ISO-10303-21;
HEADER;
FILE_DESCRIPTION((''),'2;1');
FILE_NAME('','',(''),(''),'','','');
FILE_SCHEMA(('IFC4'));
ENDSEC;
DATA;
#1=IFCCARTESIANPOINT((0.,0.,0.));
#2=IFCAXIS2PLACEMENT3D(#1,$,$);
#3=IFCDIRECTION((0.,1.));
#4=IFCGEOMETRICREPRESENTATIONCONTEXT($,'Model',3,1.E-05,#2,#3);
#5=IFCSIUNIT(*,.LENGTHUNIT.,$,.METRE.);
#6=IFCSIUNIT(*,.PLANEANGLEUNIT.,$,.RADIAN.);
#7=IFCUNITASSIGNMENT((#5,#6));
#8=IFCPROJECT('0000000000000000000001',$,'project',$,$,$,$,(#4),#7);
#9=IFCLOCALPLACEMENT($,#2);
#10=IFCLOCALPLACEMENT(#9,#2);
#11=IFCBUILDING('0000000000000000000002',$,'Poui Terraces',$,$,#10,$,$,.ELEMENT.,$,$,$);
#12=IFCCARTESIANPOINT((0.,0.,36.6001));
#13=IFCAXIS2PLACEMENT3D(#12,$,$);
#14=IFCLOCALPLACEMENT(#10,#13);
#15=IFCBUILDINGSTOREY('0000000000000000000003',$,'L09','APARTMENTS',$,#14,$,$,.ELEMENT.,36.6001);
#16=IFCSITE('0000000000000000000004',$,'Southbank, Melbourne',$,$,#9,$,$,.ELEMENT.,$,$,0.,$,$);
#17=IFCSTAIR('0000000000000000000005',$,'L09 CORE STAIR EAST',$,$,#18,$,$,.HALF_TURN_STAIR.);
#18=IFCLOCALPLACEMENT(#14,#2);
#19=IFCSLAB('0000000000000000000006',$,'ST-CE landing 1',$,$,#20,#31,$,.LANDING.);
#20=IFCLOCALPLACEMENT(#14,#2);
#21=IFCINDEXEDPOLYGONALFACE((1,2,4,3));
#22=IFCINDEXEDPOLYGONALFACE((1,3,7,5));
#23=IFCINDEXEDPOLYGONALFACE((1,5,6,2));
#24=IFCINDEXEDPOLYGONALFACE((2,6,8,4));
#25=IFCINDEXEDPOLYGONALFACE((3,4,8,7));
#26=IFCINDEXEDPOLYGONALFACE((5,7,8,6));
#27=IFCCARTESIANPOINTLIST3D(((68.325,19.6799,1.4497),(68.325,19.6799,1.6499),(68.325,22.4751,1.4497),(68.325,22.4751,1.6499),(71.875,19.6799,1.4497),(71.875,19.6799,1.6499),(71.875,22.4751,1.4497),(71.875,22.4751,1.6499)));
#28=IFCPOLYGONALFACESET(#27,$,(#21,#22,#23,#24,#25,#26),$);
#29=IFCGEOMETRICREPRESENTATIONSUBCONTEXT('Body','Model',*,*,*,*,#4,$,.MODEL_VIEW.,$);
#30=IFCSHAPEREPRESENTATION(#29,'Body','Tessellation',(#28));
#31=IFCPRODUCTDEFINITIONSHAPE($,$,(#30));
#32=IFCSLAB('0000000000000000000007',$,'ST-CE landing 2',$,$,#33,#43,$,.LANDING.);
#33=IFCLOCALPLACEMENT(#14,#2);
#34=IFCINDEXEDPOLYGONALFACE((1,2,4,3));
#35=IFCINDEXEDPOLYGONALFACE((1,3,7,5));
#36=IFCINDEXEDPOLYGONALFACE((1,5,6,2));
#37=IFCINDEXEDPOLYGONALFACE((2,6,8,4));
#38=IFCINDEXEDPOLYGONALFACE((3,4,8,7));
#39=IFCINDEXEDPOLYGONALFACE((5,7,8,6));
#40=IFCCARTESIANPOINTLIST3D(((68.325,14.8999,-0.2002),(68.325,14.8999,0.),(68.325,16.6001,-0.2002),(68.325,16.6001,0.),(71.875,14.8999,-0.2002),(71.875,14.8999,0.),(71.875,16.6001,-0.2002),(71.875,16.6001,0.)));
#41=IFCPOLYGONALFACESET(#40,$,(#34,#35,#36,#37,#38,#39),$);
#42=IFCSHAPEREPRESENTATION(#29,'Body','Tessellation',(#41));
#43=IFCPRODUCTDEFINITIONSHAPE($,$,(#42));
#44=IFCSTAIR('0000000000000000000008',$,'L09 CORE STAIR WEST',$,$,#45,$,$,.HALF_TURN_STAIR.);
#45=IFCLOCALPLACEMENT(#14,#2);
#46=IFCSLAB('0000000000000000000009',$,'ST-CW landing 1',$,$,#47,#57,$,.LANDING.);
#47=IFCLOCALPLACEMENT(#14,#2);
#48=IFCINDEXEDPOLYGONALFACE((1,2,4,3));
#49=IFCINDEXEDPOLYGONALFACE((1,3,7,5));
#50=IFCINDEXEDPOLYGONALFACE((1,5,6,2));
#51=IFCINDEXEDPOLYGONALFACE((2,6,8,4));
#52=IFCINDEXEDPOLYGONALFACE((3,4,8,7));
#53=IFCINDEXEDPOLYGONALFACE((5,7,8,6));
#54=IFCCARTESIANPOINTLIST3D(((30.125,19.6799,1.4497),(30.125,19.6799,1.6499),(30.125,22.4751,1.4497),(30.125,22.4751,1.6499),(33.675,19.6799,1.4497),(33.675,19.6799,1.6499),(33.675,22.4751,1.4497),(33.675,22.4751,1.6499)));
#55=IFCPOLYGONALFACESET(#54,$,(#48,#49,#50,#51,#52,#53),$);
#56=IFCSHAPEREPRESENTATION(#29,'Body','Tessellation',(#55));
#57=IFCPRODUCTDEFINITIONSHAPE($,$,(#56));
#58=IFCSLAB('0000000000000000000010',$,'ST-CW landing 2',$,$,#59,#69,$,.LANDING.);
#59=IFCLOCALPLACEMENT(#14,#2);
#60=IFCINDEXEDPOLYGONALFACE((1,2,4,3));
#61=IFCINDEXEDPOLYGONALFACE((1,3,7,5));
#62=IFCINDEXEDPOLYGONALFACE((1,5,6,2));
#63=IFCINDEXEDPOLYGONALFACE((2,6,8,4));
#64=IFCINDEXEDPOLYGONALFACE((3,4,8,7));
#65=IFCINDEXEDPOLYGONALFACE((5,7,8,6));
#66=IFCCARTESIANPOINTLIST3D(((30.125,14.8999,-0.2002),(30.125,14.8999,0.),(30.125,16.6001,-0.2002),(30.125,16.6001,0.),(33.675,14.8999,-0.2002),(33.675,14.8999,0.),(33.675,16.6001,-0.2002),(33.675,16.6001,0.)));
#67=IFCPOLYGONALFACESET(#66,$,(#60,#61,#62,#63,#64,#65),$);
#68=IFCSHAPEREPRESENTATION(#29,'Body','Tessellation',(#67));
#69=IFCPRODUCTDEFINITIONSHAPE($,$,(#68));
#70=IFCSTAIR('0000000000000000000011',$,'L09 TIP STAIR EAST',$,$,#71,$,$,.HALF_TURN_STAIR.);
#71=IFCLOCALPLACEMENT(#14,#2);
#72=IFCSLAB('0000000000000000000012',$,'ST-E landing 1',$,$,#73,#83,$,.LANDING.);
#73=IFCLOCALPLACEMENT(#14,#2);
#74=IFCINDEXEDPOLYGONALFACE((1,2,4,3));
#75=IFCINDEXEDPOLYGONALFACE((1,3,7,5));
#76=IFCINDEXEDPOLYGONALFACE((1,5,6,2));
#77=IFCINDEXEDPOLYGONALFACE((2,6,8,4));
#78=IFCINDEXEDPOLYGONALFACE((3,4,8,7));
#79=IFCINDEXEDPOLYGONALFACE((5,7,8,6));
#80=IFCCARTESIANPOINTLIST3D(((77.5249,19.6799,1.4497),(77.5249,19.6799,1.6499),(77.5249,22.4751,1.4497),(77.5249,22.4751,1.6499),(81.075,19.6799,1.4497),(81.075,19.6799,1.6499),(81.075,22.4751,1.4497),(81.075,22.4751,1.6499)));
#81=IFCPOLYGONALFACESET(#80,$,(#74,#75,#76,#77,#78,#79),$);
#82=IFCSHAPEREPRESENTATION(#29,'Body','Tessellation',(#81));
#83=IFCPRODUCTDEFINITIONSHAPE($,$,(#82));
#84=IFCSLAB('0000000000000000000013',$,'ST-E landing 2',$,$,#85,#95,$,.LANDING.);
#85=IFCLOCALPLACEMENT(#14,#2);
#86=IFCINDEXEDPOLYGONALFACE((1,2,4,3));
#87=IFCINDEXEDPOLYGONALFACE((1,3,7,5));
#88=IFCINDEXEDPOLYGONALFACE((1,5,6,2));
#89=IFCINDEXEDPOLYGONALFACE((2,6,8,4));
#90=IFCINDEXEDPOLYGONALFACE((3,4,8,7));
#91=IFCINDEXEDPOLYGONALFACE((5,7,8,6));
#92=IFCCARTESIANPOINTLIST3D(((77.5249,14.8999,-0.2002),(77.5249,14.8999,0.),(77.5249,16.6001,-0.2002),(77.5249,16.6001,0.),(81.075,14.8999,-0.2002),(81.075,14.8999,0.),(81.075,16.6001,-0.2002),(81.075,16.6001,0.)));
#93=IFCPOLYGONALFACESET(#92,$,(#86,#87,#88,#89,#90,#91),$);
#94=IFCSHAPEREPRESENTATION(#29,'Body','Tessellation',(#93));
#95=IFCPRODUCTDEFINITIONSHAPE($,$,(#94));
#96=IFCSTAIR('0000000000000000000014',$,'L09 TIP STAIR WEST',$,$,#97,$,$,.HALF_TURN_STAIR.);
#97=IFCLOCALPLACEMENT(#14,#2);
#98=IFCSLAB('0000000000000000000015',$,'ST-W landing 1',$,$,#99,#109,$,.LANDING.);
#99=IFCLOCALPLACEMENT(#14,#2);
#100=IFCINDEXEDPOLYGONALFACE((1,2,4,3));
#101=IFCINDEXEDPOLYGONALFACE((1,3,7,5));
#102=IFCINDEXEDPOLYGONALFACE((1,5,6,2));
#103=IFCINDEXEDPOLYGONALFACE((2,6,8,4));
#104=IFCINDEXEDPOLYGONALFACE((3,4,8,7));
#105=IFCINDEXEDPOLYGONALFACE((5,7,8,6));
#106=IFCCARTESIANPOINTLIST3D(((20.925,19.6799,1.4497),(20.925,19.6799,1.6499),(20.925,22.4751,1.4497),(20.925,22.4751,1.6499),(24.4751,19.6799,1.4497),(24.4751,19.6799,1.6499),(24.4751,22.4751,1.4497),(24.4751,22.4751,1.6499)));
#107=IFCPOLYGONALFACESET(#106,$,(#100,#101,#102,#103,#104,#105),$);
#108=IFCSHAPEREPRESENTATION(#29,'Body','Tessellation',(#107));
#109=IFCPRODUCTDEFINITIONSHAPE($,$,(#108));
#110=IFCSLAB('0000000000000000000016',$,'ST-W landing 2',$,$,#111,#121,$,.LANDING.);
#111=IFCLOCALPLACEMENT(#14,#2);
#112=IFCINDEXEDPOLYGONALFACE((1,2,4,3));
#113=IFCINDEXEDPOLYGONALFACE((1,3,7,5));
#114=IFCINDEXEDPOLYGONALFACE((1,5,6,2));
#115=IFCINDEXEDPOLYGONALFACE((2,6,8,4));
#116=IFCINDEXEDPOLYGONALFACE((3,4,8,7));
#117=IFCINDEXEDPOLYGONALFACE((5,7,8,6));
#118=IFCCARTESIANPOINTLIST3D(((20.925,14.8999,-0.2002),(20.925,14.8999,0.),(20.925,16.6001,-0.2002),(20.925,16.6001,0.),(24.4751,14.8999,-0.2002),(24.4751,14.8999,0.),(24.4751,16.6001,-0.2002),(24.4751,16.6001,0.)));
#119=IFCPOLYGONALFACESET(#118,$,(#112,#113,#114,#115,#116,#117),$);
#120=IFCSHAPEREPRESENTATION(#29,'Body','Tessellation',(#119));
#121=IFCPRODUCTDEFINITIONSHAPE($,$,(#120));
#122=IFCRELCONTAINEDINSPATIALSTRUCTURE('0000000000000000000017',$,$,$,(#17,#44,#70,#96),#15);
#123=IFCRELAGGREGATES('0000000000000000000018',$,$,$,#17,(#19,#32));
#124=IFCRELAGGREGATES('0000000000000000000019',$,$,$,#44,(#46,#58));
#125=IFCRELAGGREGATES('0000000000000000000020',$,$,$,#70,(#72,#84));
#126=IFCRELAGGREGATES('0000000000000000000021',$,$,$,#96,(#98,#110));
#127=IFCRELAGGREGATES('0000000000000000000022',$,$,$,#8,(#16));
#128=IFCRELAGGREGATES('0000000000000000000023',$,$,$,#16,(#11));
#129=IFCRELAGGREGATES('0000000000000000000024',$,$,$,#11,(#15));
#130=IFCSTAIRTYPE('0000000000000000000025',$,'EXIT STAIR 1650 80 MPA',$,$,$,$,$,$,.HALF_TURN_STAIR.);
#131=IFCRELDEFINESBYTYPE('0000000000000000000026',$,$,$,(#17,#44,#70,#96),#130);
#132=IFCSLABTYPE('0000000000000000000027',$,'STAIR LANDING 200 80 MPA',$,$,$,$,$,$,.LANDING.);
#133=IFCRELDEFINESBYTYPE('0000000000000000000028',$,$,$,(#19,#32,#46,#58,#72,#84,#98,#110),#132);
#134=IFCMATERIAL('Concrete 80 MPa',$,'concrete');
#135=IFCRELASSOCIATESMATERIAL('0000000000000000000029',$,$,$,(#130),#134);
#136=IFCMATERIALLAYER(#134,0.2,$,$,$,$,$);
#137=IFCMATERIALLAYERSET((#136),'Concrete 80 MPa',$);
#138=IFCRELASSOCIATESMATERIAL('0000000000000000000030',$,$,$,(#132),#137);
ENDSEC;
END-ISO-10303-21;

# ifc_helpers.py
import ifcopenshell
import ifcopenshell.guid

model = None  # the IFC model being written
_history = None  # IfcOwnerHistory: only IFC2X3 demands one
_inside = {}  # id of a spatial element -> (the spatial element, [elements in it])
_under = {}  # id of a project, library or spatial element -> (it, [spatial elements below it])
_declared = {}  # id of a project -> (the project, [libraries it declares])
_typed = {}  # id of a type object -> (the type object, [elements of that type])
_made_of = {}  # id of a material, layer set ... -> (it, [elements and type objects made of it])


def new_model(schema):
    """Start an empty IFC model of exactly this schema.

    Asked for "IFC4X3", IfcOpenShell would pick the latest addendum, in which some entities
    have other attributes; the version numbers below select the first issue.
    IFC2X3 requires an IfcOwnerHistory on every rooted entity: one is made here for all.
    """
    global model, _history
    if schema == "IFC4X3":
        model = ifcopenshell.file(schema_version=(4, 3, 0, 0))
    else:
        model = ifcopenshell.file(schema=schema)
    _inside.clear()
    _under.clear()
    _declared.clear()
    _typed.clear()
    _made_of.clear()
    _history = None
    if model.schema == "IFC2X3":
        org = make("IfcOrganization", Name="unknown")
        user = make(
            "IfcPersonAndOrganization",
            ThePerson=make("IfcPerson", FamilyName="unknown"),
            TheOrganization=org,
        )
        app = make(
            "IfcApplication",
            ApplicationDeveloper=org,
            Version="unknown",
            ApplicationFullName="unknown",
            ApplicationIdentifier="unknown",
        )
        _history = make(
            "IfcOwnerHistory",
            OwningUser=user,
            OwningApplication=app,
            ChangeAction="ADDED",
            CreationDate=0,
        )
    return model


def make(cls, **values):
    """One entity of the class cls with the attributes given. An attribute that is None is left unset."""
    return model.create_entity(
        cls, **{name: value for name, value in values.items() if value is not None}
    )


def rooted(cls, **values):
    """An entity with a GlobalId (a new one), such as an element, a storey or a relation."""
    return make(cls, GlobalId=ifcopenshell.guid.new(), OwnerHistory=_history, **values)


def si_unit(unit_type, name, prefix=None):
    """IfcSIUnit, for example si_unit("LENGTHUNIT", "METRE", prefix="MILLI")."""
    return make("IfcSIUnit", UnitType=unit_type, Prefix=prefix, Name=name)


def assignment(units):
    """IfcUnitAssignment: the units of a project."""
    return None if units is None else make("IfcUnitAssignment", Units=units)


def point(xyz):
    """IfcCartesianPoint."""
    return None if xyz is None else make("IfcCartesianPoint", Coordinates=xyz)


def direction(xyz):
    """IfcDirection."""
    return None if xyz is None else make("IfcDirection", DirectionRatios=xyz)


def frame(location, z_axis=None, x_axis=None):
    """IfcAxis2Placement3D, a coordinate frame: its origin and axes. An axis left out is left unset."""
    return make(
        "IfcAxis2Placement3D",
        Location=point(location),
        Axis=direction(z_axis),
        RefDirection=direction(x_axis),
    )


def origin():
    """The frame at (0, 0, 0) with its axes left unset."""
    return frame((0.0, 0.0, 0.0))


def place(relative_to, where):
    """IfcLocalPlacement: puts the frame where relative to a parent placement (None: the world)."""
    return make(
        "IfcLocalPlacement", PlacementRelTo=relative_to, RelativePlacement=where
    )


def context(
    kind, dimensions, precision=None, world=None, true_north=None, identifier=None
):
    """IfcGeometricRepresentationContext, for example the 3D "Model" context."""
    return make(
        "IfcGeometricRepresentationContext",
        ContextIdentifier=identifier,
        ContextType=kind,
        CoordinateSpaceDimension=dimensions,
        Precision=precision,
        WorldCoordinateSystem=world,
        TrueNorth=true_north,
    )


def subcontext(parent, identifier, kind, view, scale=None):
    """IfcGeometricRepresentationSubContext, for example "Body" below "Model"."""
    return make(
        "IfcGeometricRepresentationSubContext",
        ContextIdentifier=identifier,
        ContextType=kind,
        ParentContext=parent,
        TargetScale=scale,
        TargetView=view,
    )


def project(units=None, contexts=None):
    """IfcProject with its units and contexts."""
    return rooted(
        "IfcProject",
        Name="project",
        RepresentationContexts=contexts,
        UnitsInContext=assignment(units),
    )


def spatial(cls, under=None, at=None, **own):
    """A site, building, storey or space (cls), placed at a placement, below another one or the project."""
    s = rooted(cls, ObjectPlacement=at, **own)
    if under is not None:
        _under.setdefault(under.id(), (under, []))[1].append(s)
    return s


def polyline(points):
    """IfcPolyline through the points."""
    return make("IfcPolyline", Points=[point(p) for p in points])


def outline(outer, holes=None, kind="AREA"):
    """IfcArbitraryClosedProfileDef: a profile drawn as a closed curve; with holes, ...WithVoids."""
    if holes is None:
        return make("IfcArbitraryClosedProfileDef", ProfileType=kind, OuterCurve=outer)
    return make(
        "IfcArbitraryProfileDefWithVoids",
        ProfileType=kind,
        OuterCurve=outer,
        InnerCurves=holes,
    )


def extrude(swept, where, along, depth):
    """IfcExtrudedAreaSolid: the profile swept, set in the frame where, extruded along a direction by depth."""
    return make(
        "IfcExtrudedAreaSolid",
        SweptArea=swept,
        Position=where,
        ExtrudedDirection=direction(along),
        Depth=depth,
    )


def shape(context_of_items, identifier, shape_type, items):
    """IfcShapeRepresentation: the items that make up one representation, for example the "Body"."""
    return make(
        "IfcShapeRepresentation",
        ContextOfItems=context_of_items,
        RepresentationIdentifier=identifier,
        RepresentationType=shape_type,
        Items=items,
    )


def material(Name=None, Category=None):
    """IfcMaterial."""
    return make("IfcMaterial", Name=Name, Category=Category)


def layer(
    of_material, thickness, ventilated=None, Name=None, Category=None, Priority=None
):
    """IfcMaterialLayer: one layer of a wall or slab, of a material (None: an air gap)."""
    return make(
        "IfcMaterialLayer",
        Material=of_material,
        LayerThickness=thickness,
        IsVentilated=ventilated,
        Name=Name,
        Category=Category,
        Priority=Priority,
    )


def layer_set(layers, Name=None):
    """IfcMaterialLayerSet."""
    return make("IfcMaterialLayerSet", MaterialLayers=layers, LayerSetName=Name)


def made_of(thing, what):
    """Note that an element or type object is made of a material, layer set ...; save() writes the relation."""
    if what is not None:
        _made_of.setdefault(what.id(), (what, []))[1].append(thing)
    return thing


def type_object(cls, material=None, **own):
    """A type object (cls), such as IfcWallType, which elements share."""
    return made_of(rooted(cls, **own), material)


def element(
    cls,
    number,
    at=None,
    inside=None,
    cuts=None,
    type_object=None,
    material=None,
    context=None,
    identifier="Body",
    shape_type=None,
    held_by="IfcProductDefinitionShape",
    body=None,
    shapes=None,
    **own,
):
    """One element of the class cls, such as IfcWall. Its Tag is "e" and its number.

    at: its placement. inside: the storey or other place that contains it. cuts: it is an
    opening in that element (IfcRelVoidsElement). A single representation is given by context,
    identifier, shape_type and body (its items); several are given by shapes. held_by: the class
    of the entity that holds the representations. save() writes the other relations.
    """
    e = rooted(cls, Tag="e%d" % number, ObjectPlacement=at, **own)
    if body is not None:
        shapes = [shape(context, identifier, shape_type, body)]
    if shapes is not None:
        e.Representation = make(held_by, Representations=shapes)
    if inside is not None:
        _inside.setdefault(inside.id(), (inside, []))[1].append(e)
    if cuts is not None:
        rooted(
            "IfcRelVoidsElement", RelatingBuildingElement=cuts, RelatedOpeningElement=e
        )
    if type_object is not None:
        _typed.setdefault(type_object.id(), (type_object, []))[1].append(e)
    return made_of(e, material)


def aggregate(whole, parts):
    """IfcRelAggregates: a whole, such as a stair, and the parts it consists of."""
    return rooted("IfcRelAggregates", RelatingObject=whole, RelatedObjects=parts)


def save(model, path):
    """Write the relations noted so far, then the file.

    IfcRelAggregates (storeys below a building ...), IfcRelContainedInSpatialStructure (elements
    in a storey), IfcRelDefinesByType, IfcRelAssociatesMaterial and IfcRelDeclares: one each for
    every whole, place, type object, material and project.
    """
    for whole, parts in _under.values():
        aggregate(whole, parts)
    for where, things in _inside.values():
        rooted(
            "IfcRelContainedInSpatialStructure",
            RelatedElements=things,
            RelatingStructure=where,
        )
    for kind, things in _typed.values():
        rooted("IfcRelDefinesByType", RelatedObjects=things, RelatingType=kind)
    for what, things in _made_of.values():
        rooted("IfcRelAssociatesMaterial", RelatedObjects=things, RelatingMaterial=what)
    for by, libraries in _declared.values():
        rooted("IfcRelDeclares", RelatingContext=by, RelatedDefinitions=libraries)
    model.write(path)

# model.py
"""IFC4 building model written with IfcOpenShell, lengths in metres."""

from ifc_helpers import new_model, si_unit, direction, frame, origin, place, context, subcontext, project, spatial, polyline, outline, extrude, material, layer, layer_set, type_object, element, aggregate, save


model = new_model("IFC4")

# Units and contexts
model_context = context("Model", 3, precision=1e-05, world=origin(), true_north=direction((0.0, 1.0)))
body_context = subcontext(model_context, "Body", "Model", "MODEL_VIEW")
ifc_project = project(units=[si_unit("LENGTHUNIT", "METRE"), si_unit("PLANEANGLEUNIT", "RADIAN")], contexts=[model_context])

# Site, building, storey
site_placement = place(None, origin())
site = spatial("IfcSite", under=ifc_project, at=site_placement, Name="Southbank, Melbourne", CompositionType="ELEMENT", RefElevation=0.0)
building_placement = place(site_placement, origin())
building = spatial("IfcBuilding", under=site, at=building_placement, Name="Poui Terraces", CompositionType="ELEMENT")
storey_placement = place(building_placement, frame((0.0, 0.0, 36.6001)))
storey = spatial("IfcBuildingStorey", under=building, at=storey_placement, Name="L09", Description="APARTMENTS", CompositionType="ELEMENT", Elevation=36.6001)

# Stairs, slabs
ifc_material_1 = material(Name="Concrete 80 MPa", Category="concrete")
stair_type = type_object("IfcStairType", Name="EXIT STAIR 1650 80 MPA", PredefinedType="HALF_TURN_STAIR", material=ifc_material_1)
stair_1_placement = place(storey_placement, origin())
stair_1 = element("IfcStair", 1, at=stair_1_placement, inside=storey, type_object=stair_type, Name="L09 CORE STAIR EAST", PredefinedType="HALF_TURN_STAIR")
ifc_layer_1 = layer(ifc_material_1, 0.2)
ifc_layer_set_1 = layer_set([ifc_layer_1], Name="Concrete 80 MPa")
slab_type_1 = type_object("IfcSlabType", Name="STAIR LANDING 200 80 MPA", PredefinedType="LANDING", material=ifc_layer_set_1)
slab_1_placement = place(storey_placement, frame((0.0, 0.0, 1.4497)))
slab_1 = element("IfcSlab", 2, at=slab_1_placement, type_object=slab_type_1, Name="ST-CE landing 1", PredefinedType="LANDING", context=body_context, shape_type="SweptSolid", body=[
    extrude(outline(polyline([(68.325, 19.6799), (71.875, 19.6799), (71.875, 22.4751), (68.325, 22.4751), (68.325, 19.6799)])), origin(), (0.0, 0.0, 1.0), 0.2002),
])
slab_2_placement = place(storey_placement, frame((0.0, 0.0, -0.2002)))
slab_2 = element("IfcSlab", 3, at=slab_2_placement, type_object=slab_type_1, Name="ST-CE landing 2", PredefinedType="LANDING", context=body_context, shape_type="SweptSolid", body=[
    extrude(outline(polyline([(68.325, 14.8999), (71.875, 14.8999), (71.875, 16.6001), (68.325, 16.6001), (68.325, 14.8999)])), origin(), (0.0, 0.0, 1.0), 0.2002),
])
aggregate(stair_1, [slab_1, slab_2])
stair_2_placement = place(storey_placement, origin())
stair_2 = element("IfcStair", 4, at=stair_2_placement, inside=storey, type_object=stair_type, Name="L09 CORE STAIR WEST", PredefinedType="HALF_TURN_STAIR")
slab_3_placement = place(storey_placement, frame((0.0, 0.0, 1.4497)))
slab_3 = element("IfcSlab", 5, at=slab_3_placement, type_object=slab_type_1, Name="ST-CW landing 1", PredefinedType="LANDING", context=body_context, shape_type="SweptSolid", body=[
    extrude(outline(polyline([(30.125, 19.6799), (33.675, 19.6799), (33.675, 22.4751), (30.125, 22.4751), (30.125, 19.6799)])), origin(), (0.0, 0.0, 1.0), 0.2002),
])
slab_4_placement = place(storey_placement, frame((0.0, 0.0, -0.2002)))
slab_4 = element("IfcSlab", 6, at=slab_4_placement, type_object=slab_type_1, Name="ST-CW landing 2", PredefinedType="LANDING", context=body_context, shape_type="SweptSolid", body=[
    extrude(outline(polyline([(30.125, 14.8999), (33.675, 14.8999), (33.675, 16.6001), (30.125, 16.6001), (30.125, 14.8999)])), origin(), (0.0, 0.0, 1.0), 0.2002),
])
aggregate(stair_2, [slab_3, slab_4])
stair_3_placement = place(storey_placement, origin())
stair_3 = element("IfcStair", 7, at=stair_3_placement, inside=storey, type_object=stair_type, Name="L09 TIP STAIR EAST", PredefinedType="HALF_TURN_STAIR")
slab_5_placement = place(storey_placement, frame((0.0, 0.0, 1.4497)))
slab_5 = element("IfcSlab", 8, at=slab_5_placement, type_object=slab_type_1, Name="ST-E landing 1", PredefinedType="LANDING", context=body_context, shape_type="SweptSolid", body=[
    extrude(outline(polyline([(77.5249, 19.6799), (81.075, 19.6799), (81.075, 22.4751), (77.5249, 22.4751), (77.5249, 19.6799)])), origin(), (0.0, 0.0, 1.0), 0.2002),
])
slab_6_placement = place(storey_placement, frame((0.0, 0.0, -0.2002)))
slab_6 = element("IfcSlab", 9, at=slab_6_placement, type_object=slab_type_1, Name="ST-E landing 2", PredefinedType="LANDING", context=body_context, shape_type="SweptSolid", body=[
    extrude(outline(polyline([(77.5249, 14.8999), (81.075, 14.8999), (81.075, 16.6001), (77.5249, 16.6001), (77.5249, 14.8999)])), origin(), (0.0, 0.0, 1.0), 0.2002),
])
aggregate(stair_3, [slab_5, slab_6])
stair_4_placement = place(storey_placement, origin())
stair_4 = element("IfcStair", 10, at=stair_4_placement, inside=storey, type_object=stair_type, Name="L09 TIP STAIR WEST", PredefinedType="HALF_TURN_STAIR")
slab_7_placement = place(storey_placement, frame((0.0, 0.0, 1.4497)))
slab_7 = element("IfcSlab", 11, at=slab_7_placement, type_object=slab_type_1, Name="ST-W landing 1", PredefinedType="LANDING", context=body_context, shape_type="SweptSolid", body=[
    extrude(outline(polyline([(20.925, 19.6799), (24.4751, 19.6799), (24.4751, 22.4751), (20.925, 22.4751), (20.925, 19.6799)])), origin(), (0.0, 0.0, 1.0), 0.2002),
])
slab_8_placement = place(storey_placement, frame((0.0, 0.0, -0.2002)))
slab_8 = element("IfcSlab", 12, at=slab_8_placement, type_object=slab_type_1, Name="ST-W landing 2", PredefinedType="LANDING", context=body_context, shape_type="SweptSolid", body=[
    extrude(outline(polyline([(20.925, 14.8999), (24.4751, 14.8999), (24.4751, 16.6001), (20.925, 16.6001), (20.925, 14.8999)])), origin(), (0.0, 0.0, 1.0), 0.2002),
])
aggregate(stair_4, [slab_7, slab_8])

save(model, "model.ifc")
